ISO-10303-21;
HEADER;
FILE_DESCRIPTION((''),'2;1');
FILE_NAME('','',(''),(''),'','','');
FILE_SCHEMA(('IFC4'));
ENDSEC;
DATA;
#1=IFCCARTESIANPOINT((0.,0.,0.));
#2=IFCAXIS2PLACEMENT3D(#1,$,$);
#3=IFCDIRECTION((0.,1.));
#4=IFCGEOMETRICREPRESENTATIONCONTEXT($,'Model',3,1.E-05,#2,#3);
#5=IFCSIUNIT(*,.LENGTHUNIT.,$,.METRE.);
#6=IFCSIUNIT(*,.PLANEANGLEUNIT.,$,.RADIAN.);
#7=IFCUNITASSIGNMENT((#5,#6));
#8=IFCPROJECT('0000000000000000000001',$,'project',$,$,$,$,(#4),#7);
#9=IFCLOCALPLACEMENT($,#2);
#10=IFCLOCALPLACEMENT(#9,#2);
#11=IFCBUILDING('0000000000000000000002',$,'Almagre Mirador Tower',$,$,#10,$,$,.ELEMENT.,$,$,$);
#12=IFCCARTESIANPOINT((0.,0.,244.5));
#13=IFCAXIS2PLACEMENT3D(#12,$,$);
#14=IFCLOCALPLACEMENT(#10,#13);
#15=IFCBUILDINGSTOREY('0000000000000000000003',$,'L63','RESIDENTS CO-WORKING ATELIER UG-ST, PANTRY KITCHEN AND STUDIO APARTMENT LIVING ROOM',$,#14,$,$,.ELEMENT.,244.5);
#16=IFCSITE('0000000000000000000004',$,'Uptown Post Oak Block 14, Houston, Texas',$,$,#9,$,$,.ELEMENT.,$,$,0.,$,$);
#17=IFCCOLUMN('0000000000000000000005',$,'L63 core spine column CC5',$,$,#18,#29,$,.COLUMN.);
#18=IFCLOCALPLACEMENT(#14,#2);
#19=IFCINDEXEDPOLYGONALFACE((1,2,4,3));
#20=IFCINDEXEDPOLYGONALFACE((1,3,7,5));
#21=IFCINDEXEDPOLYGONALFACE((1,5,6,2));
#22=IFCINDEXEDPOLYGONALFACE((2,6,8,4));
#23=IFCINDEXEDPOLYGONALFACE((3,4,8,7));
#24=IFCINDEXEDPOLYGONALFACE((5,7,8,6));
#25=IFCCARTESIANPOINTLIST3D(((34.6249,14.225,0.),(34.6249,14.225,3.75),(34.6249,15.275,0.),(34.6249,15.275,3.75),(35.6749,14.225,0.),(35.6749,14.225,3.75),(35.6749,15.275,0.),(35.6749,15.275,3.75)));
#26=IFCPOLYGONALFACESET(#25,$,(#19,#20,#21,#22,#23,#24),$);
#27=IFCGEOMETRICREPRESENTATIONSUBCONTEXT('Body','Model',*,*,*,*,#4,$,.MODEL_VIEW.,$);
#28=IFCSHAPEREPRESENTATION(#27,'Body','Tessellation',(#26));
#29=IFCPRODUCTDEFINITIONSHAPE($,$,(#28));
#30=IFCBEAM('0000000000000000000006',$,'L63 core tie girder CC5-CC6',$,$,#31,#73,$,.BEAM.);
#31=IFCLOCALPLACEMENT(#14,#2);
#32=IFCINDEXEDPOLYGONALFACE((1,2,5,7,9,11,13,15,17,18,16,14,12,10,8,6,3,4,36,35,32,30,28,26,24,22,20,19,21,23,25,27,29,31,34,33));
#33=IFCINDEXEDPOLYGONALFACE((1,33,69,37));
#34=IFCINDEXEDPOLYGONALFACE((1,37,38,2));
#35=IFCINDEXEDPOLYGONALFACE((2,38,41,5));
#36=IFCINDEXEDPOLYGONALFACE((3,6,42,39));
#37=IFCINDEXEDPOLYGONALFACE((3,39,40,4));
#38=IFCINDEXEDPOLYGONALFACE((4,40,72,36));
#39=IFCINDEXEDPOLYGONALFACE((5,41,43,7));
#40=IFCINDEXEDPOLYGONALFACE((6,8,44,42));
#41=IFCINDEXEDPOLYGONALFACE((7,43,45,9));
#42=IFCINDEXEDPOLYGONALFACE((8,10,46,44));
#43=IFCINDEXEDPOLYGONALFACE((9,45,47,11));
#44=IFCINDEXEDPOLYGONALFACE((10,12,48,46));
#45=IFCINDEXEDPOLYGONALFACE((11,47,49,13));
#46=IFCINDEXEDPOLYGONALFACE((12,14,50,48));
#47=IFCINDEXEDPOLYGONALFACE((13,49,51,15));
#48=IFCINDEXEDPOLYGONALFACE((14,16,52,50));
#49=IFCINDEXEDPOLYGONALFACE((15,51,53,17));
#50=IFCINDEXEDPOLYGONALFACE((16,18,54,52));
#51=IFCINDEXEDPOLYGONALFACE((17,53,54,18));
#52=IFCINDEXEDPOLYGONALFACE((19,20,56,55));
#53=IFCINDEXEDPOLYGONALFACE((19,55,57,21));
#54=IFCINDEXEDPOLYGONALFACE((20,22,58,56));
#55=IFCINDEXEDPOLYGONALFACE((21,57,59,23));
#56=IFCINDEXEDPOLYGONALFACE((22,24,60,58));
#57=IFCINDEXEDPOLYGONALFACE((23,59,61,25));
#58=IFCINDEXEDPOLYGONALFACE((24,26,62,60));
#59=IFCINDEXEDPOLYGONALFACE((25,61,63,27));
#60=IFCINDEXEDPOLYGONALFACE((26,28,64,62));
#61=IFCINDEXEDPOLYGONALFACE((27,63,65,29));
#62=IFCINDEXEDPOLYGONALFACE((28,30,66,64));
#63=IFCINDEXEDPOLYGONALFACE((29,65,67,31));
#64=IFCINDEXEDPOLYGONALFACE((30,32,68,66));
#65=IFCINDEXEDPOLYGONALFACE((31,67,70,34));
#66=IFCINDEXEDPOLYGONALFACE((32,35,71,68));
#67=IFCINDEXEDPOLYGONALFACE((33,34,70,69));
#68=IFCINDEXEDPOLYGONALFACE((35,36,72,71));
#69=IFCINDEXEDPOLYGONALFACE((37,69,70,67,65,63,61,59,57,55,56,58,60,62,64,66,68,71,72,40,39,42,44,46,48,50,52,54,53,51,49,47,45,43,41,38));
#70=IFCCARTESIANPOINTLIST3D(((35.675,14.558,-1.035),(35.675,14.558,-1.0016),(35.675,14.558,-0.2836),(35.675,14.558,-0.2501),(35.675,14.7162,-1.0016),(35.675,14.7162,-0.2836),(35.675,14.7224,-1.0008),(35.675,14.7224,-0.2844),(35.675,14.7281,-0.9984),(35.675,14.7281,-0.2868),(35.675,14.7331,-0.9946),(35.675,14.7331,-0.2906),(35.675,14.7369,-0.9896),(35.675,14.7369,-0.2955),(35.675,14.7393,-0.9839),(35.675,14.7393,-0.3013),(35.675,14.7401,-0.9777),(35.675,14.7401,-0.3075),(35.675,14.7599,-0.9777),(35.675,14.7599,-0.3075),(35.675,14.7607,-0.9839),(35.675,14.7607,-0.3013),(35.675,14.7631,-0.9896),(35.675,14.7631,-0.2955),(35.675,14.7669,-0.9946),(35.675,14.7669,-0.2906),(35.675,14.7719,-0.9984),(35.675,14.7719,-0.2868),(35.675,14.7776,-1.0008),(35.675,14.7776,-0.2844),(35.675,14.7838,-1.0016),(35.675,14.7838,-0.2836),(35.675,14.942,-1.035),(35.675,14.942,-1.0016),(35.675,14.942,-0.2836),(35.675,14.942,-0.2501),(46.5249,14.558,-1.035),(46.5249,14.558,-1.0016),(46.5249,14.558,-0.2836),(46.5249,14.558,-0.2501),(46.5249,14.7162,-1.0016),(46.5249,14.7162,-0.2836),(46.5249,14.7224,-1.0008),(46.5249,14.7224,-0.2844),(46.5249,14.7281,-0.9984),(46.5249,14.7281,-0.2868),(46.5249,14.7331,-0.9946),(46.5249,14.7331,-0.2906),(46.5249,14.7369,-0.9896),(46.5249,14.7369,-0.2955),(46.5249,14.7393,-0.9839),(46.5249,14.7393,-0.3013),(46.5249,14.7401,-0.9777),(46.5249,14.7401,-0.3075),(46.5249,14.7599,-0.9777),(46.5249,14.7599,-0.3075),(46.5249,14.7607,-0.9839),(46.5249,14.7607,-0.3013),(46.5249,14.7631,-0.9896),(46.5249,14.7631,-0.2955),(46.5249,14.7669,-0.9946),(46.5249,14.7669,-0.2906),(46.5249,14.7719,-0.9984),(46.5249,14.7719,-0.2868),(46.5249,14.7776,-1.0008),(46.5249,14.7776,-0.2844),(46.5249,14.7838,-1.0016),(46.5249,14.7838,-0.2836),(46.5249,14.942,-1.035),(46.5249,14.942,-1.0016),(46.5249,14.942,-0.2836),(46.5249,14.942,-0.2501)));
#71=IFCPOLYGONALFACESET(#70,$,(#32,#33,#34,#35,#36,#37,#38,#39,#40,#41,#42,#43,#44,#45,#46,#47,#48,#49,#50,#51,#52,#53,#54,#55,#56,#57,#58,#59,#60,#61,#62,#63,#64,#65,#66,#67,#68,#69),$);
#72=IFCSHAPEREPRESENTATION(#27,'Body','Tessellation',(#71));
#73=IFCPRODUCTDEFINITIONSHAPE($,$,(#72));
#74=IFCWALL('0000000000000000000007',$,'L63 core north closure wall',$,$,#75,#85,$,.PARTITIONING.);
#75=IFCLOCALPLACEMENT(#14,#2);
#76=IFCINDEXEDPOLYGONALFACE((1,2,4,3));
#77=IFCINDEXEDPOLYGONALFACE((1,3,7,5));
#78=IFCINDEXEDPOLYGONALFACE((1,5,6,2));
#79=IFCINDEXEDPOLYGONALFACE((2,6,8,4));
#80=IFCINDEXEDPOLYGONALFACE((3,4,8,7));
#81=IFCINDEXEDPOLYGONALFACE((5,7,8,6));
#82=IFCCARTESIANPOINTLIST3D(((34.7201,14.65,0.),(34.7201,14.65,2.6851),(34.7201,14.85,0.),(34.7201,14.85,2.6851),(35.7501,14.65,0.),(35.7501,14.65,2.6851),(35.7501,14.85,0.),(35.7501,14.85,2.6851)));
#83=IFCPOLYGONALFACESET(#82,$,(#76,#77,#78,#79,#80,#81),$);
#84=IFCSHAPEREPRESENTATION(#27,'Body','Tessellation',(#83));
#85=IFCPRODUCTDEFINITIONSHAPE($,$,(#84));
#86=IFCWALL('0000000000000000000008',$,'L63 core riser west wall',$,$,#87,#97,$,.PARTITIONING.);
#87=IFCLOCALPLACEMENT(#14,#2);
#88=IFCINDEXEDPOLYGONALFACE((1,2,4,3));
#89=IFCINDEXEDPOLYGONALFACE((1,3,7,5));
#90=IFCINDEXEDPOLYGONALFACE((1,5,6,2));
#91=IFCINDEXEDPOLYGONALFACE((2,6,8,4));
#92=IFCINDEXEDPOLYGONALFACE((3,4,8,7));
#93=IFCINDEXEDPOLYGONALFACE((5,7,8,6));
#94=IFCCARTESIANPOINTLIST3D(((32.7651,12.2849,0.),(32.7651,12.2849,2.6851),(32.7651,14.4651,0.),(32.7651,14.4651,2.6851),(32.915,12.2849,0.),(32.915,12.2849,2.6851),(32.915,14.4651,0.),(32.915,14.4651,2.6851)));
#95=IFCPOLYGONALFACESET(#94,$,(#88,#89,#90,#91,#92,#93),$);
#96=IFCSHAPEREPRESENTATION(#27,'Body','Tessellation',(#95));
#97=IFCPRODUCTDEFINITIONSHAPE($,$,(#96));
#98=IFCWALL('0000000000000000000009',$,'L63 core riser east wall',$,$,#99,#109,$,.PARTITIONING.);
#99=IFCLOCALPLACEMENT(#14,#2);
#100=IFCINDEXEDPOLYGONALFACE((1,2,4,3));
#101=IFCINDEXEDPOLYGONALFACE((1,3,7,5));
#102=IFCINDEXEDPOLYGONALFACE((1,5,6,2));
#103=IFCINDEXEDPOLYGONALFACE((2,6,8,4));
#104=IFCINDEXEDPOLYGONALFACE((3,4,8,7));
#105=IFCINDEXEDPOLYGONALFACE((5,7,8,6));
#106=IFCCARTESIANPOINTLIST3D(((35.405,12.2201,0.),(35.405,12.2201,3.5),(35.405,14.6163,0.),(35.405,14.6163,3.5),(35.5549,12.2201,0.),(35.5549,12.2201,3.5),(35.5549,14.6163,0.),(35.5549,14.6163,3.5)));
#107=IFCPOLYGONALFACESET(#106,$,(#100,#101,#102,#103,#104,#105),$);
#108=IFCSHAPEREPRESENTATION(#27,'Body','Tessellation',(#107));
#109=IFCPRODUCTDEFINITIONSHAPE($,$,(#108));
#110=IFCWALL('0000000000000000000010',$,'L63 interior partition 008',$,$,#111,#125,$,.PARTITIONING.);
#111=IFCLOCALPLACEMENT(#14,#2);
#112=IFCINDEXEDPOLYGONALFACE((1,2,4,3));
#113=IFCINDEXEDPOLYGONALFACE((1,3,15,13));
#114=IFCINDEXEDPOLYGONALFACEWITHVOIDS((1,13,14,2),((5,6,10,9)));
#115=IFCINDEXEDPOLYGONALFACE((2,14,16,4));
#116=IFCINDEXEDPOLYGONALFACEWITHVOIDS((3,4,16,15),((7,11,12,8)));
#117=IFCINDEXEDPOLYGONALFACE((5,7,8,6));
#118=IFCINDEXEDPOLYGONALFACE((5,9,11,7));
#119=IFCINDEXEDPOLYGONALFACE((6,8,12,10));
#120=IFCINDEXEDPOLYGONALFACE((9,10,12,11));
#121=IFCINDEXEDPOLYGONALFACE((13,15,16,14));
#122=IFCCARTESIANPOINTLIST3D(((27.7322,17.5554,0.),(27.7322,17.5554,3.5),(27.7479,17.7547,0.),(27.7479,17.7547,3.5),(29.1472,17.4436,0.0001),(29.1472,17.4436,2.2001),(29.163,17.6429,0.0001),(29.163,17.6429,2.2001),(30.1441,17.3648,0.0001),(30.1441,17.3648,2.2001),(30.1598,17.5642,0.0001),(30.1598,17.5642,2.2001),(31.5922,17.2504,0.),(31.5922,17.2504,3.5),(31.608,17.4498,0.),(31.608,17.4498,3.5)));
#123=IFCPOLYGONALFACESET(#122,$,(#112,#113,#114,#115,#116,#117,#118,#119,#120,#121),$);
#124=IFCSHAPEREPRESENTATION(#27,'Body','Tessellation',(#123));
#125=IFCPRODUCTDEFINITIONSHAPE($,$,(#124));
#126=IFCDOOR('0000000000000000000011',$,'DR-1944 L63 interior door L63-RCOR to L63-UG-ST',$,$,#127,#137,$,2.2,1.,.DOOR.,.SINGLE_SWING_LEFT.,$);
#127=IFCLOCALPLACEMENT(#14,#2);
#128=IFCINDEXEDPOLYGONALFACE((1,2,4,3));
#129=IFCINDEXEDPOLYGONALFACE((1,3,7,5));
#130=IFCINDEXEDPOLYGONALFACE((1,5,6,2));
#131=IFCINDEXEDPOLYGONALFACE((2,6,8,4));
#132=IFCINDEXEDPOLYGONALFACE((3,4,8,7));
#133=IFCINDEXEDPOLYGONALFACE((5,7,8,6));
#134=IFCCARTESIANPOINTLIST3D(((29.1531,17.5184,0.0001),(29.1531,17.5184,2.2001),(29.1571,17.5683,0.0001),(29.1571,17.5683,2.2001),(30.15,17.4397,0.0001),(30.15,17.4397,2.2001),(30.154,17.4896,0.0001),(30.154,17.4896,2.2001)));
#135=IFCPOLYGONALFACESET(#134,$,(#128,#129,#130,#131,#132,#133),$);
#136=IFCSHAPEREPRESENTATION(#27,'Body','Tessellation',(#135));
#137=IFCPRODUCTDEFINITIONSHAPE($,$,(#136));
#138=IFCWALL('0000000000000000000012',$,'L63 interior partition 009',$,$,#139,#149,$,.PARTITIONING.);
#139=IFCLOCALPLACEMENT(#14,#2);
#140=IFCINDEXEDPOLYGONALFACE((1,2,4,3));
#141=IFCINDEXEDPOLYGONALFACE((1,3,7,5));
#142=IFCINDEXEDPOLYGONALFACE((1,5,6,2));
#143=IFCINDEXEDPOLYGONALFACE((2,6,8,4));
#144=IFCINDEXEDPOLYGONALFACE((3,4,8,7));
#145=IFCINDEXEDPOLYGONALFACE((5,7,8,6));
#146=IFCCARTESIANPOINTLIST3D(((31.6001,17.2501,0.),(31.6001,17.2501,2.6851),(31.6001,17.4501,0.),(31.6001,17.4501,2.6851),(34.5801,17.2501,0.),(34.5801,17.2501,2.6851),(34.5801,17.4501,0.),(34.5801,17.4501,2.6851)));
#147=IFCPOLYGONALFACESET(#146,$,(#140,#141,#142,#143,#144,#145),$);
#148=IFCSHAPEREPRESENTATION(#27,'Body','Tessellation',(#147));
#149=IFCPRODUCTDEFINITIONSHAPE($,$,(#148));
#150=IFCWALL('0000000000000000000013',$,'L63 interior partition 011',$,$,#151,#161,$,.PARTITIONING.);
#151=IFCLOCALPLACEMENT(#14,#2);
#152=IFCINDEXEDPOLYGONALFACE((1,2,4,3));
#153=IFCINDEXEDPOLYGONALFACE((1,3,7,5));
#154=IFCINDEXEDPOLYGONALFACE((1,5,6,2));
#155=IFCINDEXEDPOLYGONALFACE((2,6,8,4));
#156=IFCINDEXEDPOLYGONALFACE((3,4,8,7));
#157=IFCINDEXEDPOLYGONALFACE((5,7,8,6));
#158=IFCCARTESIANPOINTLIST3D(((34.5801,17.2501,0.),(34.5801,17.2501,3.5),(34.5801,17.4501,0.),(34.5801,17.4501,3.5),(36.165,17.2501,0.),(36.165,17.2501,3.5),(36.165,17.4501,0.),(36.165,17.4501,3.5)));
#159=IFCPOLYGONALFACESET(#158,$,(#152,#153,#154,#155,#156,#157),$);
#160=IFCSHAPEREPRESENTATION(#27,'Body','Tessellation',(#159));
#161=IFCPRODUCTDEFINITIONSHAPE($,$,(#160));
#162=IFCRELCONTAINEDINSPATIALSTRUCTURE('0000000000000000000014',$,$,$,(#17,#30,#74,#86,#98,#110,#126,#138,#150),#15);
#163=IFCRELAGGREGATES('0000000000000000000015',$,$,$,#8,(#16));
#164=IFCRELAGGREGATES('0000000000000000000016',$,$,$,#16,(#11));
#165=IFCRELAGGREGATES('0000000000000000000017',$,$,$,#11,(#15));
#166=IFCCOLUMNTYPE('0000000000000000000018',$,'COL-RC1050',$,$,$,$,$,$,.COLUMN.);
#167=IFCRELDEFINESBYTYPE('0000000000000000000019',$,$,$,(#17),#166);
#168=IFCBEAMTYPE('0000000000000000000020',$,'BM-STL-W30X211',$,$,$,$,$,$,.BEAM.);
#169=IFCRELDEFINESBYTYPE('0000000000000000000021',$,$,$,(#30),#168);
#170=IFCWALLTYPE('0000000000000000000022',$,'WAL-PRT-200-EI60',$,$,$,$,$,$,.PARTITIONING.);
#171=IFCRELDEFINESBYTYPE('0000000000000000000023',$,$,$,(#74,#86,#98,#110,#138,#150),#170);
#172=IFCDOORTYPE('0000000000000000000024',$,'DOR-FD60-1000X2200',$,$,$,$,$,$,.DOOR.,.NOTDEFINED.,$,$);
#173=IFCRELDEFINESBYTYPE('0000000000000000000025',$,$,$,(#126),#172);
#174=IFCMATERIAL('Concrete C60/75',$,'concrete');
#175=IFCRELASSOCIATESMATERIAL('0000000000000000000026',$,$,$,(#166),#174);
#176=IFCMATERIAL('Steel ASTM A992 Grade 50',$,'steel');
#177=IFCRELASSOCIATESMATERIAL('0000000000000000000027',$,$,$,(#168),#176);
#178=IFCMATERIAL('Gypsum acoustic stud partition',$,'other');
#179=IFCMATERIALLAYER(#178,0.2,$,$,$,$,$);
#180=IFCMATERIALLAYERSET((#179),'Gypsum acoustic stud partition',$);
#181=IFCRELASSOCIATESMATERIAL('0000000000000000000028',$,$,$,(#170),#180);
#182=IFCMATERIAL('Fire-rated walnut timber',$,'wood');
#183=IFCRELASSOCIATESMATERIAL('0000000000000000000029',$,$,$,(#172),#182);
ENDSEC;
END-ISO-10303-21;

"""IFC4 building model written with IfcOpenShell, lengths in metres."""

from ifc_helpers import new_model, si_unit, direction, frame, frame_2d, origin, origin_2d, place, context, subcontext, project, spatial, rectangle, i_section, extrude, material, layer, layer_set, material_profile, profile_set, type_object, element, fill, save


model = new_model("IFC4")

# Units and contexts
model_context = context("Model", 3, precision=1e-05, world=origin(), true_north=direction((0.0, 1.0)))
body_context = subcontext(model_context, "Body", "Model", "MODEL_VIEW")
ifc_project = project(units=[si_unit("LENGTHUNIT", "METRE"), si_unit("PLANEANGLEUNIT", "RADIAN")], contexts=[model_context])

# Site, building, storey
site_placement = place(None, origin())
site = spatial("IfcSite", under=ifc_project, at=site_placement, Name="Uptown Post Oak Block 14, Houston, Texas", CompositionType="ELEMENT", RefElevation=0.0)
building_placement = place(site_placement, origin())
building = spatial("IfcBuilding", under=site, at=building_placement, Name="Almagre Mirador Tower", CompositionType="ELEMENT")
storey_placement = place(building_placement, frame((0.0, 0.0, 244.5)))
storey = spatial("IfcBuildingStorey", under=building, at=storey_placement, Name="L63", Description="RESIDENTS CO-WORKING ATELIER UG-ST, PANTRY KITCHEN AND STUDIO APARTMENT LIVING ROOM", CompositionType="ELEMENT", Elevation=244.5)

# Column
ifc_material_1 = material(Name="Concrete C60/75", Category="concrete")
ifc_material_profile_1 = material_profile(ifc_material_1, rectangle(XDim=1.05, YDim=1.05, at=origin_2d()), Name="RC1050X1050")
ifc_profile_set_1 = profile_set([ifc_material_profile_1], Name="Concrete C60/75")
column_type = type_object("IfcColumnType", Name="COL-RC1050", PredefinedType="COLUMN", material=ifc_profile_set_1)
column_placement = place(storey_placement, frame((35.1499, 14.75, 0.0), z_axis=(0.0, 0.0, 1.0), x_axis=(1.0, 0.0, 0.0)))
element("IfcColumn", 1, at=column_placement, inside=storey, type_object=column_type, Name="L63 core spine column CC5", PredefinedType="COLUMN", context=body_context, shape_type="SweptSolid", body=[
    extrude(rectangle(XDim=1.05, YDim=1.05, at=origin_2d()), origin(), (0.0, 0.0, 1.0), 3.75),
])

# Beam
ifc_material_2 = material(Name="Steel ASTM A992 Grade 50", Category="steel")
ifc_material_profile_2 = material_profile(ifc_material_2, i_section(OverallWidth=0.384, OverallDepth=0.7849, WebThickness=0.0198, FlangeThickness=0.0334, FilletRadius=0.0239, at=origin_2d()), Name="W30X211")
ifc_profile_set_2 = profile_set([ifc_material_profile_2], Name="Steel ASTM A992 Grade 50")
beam_type = type_object("IfcBeamType", Name="BM-STL-W30X211", PredefinedType="BEAM", material=ifc_profile_set_2)
beam_placement = place(storey_placement, frame((35.675, 14.75, -0.6426), z_axis=(1.0, 0.0, 0.0), x_axis=(0.0, 1.0, 0.0)))
element("IfcBeam", 2, at=beam_placement, inside=storey, type_object=beam_type, Name="L63 core tie girder CC5-CC6", PredefinedType="BEAM", context=body_context, shape_type="SweptSolid", body=[
    extrude(i_section(OverallWidth=0.384, OverallDepth=0.7849, WebThickness=0.0198, FlangeThickness=0.0334, FilletRadius=0.0239, at=origin_2d()), origin(), (0.0, 0.0, 1.0), 10.8499),
])

# Wall
ifc_material_3 = material(Name="Gypsum acoustic stud partition", Category="other")
ifc_layer_1 = layer(ifc_material_3, 0.2)
ifc_layer_set_1 = layer_set([ifc_layer_1], Name="Gypsum acoustic stud partition")
wall_type_1 = type_object("IfcWallType", Name="WAL-PRT-200-EI60", PredefinedType="PARTITIONING", material=ifc_layer_set_1)
wall_1_placement = place(storey_placement, frame((34.72, 14.75, 0.0), z_axis=(0.0, 0.0, 1.0), x_axis=(1.0, 0.0, 0.0)))
element("IfcWall", 3, at=wall_1_placement, inside=storey, type_object=wall_type_1, Name="L63 core north closure wall", PredefinedType="PARTITIONING", context=body_context, shape_type="SweptSolid", body=[
    extrude(rectangle(XDim=1.03, YDim=0.2, at=frame_2d((0.5151, 0.0))), origin(), (0.0, 0.0, 1.0), 2.6851),
])

# Walls
wall_2_placement = place(storey_placement, frame((32.8401, 12.2849, 0.0), z_axis=(0.0, 0.0, 1.0), x_axis=(0.0, 1.0, 0.0)))
element("IfcWall", 4, at=wall_2_placement, inside=storey, type_object=wall_type_1, Name="L63 core riser west wall", PredefinedType="PARTITIONING", context=body_context, shape_type="SweptSolid", body=[
    extrude(rectangle(XDim=2.1802, YDim=0.1499, at=frame_2d((1.0901, 0.0))), origin(), (0.0, 0.0, 1.0), 2.6851),
])
wall_3_placement = place(storey_placement, frame((35.48, 12.22, 0.0), z_axis=(0.0, 0.0, 1.0), x_axis=(0.0, 1.0, 0.0)))
element("IfcWall", 5, at=wall_3_placement, inside=storey, type_object=wall_type_1, Name="L63 core riser east wall", PredefinedType="PARTITIONING", context=body_context, shape_type="SweptSolid", body=[
    extrude(rectangle(XDim=2.3962, YDim=0.1499, at=frame_2d((1.1982, 0.0))), origin(), (0.0, 0.0, 1.0), 3.5),
])

# Wall, opening, door
wall_4_placement = place(storey_placement, frame((31.6001, 17.3501, 0.0), z_axis=(0.0, 0.0, 1.0), x_axis=(-0.996894, 0.07875, 0.0)))
wall_4 = element("IfcWall", 6, at=wall_4_placement, inside=storey, type_object=wall_type_1, Name="L63 interior partition 008", PredefinedType="PARTITIONING", context=body_context, shape_type="SweptSolid", body=[
    extrude(rectangle(XDim=3.8721, YDim=0.2, at=frame_2d((1.936, 0.0))), origin(), (0.0, 0.0, 1.0), 3.5),
])
opening_1_placement = place(wall_4_placement, frame((1.4526, 0.0, 0.0)))
opening_1 = element("IfcOpeningElement", 7, at=opening_1_placement, cuts=wall_4, PredefinedType="OPENING", context=body_context, shape_type="SweptSolid", body=[
    extrude(rectangle(XDim=1.0, YDim=2.2, at=frame_2d((0.5, 1.1001))), frame((0.0, 0.1101, 0.0), z_axis=(0.0, -1.0, 0.0), x_axis=(1.0, 0.0, 0.0)), (0.0, 0.0, 1.0), 0.22),
])
ifc_material_4 = material(Name="Fire-rated walnut timber", Category="wood")
door_type_1 = type_object("IfcDoorType", Name="DOR-FD60-1000X2200", OperationType="NOTDEFINED", PredefinedType="DOOR", material=ifc_material_4)
door_1_placement = place(opening_1_placement, origin())
door_1 = element("IfcDoor", 8, at=door_1_placement, inside=storey, type_object=door_type_1, Name="DR-1944 L63 interior door L63-RCOR to L63-UG-ST", OperationType="SINGLE_SWING_LEFT", OverallHeight=2.2, OverallWidth=1.0, PredefinedType="DOOR", context=body_context, shape_type="SweptSolid", body=[
    extrude(rectangle(XDim=1.0, YDim=2.2, at=frame_2d((0.5, 1.1001))), frame((0.0, 0.0249, 0.0), z_axis=(0.0, -1.0, 0.0), x_axis=(1.0, 0.0, 0.0)), (0.0, 0.0, 1.0), 0.05),
])
fill(opening_1, door_1)

# Walls
wall_5_placement = place(storey_placement, frame((34.5801, 17.3501, 0.0), z_axis=(0.0, 0.0, 1.0), x_axis=(-1.0, 0.0, 0.0)))
element("IfcWall", 9, at=wall_5_placement, inside=storey, type_object=wall_type_1, Name="L63 interior partition 009", PredefinedType="PARTITIONING", context=body_context, shape_type="SweptSolid", body=[
    extrude(rectangle(XDim=2.98, YDim=0.2, at=frame_2d((1.49, 0.0))), origin(), (0.0, 0.0, 1.0), 2.6851),
])
wall_6_placement = place(storey_placement, frame((36.165, 17.3501, 0.0), z_axis=(0.0, 0.0, 1.0), x_axis=(-1.0, 0.0, 0.0)))
element("IfcWall", 10, at=wall_6_placement, inside=storey, type_object=wall_type_1, Name="L63 interior partition 011", PredefinedType="PARTITIONING", context=body_context, shape_type="SweptSolid", body=[
    extrude(rectangle(XDim=1.585, YDim=0.2, at=frame_2d((0.7925, 0.0))), origin(), (0.0, 0.0, 1.0), 3.5),
])

save(model, "model.ifc")
